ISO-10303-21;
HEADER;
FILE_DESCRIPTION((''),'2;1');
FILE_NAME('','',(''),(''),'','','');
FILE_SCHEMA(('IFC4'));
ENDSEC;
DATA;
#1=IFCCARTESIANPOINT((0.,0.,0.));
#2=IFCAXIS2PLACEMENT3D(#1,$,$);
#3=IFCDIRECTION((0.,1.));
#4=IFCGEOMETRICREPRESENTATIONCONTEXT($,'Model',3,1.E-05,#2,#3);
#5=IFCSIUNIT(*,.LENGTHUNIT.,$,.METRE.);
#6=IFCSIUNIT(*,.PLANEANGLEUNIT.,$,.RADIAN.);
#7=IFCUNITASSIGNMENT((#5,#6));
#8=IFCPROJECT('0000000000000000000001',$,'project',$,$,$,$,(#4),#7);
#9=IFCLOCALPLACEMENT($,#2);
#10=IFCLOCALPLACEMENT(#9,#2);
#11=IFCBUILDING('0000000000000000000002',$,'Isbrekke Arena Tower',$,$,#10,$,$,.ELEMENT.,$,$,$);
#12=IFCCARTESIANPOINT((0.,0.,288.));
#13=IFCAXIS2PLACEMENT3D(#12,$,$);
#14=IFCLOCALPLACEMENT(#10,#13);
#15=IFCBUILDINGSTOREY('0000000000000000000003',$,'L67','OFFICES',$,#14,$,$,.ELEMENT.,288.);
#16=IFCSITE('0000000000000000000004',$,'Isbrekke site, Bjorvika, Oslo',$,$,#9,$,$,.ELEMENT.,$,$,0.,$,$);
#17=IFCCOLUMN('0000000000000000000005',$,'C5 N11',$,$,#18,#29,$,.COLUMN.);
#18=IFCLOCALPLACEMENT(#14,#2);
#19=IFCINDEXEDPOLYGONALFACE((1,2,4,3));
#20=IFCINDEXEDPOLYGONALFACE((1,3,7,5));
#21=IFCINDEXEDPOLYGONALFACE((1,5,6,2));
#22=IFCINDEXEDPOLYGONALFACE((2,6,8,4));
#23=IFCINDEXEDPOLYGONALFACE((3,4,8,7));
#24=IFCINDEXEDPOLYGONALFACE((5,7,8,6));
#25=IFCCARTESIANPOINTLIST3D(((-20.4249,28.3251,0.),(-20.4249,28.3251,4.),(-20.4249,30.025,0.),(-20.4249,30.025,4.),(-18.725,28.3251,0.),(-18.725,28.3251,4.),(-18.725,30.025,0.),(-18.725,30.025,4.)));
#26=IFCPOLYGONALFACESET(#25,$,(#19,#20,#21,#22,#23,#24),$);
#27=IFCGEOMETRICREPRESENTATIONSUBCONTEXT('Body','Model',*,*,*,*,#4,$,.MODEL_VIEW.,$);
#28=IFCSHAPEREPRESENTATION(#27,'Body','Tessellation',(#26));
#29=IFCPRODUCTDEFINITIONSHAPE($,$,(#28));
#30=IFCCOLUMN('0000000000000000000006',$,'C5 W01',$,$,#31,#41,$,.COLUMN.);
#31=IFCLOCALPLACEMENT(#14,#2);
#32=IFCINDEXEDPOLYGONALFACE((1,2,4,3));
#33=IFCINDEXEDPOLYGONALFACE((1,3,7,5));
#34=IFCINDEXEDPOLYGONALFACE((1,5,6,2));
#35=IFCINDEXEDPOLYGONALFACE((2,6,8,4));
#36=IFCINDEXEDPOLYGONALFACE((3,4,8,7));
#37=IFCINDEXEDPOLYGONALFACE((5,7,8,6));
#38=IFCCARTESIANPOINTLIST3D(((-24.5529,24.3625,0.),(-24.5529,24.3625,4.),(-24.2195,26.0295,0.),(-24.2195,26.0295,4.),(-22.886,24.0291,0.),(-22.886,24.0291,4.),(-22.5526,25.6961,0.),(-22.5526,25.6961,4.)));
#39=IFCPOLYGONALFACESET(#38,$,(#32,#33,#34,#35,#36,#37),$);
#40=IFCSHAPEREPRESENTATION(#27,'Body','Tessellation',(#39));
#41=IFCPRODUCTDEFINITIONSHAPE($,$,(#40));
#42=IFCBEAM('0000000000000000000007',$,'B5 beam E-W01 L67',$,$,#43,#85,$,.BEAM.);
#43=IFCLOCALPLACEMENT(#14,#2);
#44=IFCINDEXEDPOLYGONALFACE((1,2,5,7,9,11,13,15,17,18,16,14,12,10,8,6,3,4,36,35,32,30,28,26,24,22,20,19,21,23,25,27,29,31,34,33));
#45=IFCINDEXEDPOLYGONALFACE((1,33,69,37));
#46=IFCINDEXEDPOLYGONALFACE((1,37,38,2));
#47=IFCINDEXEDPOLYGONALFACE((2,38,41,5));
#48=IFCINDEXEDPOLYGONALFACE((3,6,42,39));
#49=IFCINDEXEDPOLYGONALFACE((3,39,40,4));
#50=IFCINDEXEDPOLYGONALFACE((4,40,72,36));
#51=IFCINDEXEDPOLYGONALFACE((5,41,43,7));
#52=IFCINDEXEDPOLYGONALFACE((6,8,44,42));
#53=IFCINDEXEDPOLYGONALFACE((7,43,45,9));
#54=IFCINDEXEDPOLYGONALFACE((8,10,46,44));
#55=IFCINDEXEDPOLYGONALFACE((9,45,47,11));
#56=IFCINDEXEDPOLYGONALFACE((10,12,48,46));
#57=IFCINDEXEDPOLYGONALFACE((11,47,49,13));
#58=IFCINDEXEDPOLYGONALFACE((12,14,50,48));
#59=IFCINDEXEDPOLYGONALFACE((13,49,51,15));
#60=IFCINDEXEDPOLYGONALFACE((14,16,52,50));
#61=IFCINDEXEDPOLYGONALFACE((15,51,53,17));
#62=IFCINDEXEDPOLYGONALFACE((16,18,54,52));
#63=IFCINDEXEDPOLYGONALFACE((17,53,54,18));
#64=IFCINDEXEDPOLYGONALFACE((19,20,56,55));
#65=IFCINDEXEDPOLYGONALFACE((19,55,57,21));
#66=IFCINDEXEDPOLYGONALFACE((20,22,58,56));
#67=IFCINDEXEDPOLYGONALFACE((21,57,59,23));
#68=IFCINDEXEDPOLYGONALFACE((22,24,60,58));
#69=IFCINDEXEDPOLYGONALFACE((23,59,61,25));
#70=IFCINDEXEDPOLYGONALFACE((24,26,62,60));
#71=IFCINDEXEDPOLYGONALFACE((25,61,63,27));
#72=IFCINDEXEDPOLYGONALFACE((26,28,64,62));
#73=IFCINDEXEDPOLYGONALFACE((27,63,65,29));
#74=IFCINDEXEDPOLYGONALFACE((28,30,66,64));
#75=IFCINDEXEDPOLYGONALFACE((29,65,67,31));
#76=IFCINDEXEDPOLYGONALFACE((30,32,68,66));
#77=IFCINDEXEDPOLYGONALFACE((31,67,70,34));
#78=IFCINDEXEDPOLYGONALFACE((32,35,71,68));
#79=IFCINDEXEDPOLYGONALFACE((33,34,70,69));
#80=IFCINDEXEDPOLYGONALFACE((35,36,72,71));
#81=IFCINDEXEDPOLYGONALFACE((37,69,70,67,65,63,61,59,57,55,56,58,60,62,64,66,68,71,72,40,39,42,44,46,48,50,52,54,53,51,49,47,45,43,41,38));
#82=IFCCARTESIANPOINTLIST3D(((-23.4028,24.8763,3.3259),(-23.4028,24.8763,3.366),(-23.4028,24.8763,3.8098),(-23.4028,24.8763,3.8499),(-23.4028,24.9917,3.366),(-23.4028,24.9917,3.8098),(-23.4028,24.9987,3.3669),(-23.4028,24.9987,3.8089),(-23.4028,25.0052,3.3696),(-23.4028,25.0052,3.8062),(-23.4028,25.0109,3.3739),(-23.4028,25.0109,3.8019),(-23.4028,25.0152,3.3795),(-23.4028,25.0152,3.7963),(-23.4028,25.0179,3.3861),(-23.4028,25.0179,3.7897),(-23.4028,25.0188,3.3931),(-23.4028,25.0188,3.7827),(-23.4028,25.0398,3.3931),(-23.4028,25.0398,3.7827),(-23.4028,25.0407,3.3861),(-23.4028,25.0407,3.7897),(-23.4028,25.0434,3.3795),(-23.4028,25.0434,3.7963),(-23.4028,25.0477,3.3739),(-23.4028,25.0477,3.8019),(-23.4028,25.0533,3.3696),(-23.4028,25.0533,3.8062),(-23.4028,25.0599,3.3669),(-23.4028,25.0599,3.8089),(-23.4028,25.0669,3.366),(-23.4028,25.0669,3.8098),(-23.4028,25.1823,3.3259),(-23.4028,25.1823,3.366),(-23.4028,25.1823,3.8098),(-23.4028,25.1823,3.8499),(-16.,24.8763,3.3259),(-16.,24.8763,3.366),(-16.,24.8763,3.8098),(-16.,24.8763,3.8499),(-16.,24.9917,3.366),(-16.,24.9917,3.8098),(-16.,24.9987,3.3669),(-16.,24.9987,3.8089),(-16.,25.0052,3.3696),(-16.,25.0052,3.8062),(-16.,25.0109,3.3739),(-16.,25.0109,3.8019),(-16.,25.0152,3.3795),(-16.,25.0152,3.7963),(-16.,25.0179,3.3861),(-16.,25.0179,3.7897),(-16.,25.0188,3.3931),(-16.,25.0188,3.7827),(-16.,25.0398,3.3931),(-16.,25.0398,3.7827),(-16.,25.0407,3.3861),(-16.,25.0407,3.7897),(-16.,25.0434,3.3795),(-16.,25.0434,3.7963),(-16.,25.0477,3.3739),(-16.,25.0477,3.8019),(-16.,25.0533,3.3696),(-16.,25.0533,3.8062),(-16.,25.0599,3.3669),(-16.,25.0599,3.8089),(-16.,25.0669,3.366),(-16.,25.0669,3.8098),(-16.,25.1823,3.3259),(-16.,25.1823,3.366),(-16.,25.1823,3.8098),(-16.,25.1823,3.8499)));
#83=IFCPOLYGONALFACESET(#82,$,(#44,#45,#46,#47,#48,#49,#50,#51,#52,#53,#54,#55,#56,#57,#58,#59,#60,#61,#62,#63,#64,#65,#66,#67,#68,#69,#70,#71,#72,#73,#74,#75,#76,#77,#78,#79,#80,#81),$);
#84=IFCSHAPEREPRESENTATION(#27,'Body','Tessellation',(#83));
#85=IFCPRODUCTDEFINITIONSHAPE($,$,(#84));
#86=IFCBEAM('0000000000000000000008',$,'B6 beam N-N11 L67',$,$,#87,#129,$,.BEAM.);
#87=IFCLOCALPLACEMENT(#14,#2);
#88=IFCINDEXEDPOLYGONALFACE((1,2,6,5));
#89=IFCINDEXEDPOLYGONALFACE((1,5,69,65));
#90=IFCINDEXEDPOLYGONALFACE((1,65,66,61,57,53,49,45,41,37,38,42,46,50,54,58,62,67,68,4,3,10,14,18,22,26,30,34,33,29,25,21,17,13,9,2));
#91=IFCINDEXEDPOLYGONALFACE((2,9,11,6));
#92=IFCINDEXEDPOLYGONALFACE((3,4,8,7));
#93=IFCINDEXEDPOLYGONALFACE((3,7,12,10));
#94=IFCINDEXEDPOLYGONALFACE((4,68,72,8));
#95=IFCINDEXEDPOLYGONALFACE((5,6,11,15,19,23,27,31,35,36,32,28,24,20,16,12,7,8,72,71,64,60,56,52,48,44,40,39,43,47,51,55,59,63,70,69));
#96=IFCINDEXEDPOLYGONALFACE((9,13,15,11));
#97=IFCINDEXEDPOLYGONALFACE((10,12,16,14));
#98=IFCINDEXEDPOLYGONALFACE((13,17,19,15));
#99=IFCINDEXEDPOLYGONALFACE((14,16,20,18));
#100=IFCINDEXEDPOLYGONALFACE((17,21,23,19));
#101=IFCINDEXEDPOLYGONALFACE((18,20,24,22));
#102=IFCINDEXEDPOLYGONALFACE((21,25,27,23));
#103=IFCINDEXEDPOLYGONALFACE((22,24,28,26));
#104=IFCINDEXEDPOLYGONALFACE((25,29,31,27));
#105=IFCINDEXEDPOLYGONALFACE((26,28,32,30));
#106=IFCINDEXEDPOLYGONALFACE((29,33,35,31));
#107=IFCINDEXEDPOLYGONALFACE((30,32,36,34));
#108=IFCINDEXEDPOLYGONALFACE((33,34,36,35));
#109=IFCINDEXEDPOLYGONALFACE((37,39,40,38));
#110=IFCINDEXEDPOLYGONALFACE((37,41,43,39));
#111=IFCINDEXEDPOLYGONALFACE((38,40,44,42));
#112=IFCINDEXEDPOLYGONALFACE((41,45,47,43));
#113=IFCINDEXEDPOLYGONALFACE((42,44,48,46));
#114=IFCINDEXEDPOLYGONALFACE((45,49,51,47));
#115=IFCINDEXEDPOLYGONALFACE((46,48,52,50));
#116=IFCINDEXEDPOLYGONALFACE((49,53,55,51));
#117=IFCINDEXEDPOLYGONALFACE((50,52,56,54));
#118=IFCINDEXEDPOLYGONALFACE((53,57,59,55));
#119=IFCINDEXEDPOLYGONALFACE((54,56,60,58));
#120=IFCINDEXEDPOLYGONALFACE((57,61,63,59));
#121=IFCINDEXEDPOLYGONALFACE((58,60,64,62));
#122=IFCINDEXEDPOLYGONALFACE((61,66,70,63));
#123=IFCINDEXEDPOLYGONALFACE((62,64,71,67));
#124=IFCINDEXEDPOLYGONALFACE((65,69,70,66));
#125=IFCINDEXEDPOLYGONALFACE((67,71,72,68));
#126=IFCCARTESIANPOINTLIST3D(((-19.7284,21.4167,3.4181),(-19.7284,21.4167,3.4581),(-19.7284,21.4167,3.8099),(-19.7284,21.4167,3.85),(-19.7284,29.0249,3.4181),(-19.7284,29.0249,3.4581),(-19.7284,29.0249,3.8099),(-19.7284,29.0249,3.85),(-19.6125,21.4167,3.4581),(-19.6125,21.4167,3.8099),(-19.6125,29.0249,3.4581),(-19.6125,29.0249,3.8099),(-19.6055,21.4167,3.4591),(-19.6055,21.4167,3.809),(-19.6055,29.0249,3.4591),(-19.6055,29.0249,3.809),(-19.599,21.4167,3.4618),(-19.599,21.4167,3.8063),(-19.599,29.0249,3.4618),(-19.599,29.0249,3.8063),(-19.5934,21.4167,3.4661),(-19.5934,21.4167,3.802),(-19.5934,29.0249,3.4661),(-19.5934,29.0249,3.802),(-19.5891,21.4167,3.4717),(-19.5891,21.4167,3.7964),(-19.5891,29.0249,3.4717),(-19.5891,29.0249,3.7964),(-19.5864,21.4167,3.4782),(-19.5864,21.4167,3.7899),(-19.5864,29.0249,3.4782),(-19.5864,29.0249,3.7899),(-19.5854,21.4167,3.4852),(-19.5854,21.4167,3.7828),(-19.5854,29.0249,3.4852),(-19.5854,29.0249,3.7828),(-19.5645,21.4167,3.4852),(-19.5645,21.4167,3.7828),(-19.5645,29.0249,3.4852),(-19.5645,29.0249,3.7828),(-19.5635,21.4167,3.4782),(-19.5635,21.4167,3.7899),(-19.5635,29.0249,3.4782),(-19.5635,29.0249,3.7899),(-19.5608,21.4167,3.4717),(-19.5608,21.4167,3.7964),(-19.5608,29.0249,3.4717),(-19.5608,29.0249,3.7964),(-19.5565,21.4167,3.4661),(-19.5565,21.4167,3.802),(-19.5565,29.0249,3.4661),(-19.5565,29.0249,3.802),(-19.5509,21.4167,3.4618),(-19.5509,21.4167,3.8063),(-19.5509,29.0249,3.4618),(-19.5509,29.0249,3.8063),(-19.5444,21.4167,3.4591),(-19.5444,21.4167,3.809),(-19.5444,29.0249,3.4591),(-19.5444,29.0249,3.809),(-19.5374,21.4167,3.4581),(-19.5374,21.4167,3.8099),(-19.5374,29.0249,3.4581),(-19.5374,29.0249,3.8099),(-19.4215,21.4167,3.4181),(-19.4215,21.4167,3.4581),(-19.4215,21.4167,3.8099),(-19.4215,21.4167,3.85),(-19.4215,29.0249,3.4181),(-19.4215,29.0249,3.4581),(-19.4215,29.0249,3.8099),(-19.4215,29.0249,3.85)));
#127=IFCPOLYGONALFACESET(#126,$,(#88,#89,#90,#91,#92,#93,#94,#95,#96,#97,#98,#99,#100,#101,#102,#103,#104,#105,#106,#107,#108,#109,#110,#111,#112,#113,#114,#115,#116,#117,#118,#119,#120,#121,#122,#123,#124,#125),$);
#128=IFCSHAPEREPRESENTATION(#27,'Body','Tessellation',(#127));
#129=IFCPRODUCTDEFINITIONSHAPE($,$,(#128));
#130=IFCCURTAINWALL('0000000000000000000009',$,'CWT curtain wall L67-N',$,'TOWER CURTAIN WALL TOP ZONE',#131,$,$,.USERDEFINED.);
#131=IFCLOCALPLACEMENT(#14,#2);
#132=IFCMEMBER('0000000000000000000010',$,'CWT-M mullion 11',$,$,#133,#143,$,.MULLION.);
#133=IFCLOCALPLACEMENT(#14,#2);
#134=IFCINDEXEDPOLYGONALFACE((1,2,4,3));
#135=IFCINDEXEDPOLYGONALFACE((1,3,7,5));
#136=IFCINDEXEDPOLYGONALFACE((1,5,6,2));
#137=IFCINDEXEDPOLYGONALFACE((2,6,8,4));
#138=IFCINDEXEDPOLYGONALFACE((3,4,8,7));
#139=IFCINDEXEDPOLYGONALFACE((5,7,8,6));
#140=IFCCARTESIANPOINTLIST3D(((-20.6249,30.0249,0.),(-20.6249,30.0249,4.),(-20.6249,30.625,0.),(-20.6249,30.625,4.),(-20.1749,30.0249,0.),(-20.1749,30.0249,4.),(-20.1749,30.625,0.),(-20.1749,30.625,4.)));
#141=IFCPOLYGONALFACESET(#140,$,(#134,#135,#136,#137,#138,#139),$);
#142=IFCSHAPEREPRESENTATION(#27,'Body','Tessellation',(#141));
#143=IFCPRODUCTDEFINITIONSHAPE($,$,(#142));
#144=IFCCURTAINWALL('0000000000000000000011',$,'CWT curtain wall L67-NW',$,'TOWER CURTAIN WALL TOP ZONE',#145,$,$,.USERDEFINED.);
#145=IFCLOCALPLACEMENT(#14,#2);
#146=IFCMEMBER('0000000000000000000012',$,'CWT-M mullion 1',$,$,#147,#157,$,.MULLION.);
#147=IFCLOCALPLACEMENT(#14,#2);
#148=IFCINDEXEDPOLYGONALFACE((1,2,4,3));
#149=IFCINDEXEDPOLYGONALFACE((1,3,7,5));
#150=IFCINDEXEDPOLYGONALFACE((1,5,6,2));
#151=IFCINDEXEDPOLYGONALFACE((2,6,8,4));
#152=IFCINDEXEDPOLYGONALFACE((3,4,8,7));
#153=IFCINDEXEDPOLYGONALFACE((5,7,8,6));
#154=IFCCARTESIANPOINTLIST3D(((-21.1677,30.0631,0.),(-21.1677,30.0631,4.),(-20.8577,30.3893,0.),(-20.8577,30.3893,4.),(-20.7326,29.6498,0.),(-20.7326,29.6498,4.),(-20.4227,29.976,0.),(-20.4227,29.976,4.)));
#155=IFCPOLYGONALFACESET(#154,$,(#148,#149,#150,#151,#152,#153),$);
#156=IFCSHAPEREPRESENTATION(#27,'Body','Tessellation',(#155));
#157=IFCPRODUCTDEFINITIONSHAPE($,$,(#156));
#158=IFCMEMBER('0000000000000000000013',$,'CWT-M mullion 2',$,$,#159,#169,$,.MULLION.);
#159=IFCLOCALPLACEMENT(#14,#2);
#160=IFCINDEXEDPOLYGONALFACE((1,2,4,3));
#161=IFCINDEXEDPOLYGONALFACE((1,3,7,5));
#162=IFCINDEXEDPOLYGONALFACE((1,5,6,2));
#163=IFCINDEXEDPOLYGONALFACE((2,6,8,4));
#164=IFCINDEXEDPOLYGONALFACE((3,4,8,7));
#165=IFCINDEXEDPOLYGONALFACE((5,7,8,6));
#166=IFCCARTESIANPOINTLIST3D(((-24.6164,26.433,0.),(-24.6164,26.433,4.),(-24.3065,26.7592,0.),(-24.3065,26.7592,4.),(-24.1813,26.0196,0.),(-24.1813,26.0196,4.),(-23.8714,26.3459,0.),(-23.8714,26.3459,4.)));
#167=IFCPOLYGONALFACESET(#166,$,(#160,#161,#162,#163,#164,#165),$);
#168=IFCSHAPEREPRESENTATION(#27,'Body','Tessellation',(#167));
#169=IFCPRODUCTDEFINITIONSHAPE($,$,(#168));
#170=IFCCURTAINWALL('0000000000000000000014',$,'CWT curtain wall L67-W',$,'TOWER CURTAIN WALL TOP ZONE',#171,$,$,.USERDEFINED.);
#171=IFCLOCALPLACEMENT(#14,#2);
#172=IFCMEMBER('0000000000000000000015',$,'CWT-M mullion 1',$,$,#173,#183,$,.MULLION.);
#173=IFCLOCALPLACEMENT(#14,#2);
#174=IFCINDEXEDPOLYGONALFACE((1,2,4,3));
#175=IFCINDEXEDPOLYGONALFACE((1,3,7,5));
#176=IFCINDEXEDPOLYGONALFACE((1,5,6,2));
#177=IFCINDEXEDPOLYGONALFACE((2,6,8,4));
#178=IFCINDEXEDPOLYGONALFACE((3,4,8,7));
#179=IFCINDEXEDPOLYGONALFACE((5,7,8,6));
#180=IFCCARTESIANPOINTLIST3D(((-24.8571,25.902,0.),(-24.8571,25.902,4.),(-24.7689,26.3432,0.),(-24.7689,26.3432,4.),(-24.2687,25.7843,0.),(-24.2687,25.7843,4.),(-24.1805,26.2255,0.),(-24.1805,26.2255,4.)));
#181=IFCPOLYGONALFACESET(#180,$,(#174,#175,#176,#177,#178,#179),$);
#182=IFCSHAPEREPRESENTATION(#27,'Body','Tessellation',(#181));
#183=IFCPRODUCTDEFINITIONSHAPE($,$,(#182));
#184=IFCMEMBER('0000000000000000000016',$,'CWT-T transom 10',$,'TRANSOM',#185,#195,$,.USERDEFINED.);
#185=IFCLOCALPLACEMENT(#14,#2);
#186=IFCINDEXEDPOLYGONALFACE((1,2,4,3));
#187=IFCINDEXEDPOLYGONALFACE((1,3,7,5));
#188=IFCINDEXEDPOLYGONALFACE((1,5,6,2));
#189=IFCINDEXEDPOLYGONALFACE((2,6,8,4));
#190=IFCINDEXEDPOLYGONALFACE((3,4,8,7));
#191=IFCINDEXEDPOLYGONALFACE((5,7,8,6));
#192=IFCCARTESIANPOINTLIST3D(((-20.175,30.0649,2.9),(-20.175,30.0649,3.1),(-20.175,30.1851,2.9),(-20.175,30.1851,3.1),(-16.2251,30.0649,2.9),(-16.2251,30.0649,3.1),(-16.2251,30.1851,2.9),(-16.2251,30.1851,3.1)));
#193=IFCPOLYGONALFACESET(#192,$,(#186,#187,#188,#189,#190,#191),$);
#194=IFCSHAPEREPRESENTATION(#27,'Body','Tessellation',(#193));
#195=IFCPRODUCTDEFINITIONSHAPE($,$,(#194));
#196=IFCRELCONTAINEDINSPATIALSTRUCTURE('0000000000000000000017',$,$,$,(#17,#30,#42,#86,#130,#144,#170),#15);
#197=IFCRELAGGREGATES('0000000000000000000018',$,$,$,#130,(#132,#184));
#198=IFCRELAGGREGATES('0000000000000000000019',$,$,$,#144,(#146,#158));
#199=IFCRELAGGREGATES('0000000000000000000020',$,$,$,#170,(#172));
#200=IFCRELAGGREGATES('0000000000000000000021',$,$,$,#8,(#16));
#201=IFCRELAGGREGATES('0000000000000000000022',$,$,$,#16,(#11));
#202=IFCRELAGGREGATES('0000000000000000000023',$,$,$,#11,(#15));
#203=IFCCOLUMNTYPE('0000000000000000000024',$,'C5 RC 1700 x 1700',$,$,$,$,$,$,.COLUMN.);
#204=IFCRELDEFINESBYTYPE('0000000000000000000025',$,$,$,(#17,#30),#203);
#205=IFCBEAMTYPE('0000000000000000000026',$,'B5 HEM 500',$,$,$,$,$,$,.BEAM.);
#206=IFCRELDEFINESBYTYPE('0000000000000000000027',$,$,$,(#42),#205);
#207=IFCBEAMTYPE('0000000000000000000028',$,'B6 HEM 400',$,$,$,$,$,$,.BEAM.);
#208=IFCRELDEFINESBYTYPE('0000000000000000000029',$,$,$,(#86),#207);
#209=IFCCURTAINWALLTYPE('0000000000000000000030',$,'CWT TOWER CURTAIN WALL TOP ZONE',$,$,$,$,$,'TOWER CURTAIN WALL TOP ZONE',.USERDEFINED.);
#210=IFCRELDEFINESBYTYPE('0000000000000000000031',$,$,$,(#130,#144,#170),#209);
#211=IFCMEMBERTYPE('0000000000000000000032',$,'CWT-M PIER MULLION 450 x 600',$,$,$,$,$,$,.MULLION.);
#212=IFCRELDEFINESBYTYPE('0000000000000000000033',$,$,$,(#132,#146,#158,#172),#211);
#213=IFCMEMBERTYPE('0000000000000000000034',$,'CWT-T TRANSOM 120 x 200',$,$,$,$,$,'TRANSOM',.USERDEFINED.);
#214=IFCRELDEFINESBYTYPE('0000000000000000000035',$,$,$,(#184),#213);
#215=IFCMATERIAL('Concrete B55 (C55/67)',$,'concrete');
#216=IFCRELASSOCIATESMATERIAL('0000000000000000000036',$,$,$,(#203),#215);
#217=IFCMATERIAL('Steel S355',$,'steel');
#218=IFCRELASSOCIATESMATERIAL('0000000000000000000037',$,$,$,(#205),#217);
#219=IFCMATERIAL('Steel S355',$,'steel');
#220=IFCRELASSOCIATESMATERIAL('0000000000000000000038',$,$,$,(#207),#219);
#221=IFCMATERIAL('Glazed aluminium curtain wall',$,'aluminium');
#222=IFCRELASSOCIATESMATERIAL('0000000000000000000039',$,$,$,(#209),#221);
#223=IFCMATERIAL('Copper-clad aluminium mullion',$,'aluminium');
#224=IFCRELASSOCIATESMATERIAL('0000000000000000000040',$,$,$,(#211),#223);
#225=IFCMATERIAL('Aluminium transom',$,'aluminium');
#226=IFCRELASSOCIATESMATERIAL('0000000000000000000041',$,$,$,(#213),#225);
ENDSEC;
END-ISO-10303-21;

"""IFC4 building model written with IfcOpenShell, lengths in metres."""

from ifc_helpers import new_model, si_unit, direction, frame, origin, origin_2d, place, context, subcontext, project, spatial, rectangle, i_section, extrude, material, material_profile, profile_set, type_object, element, aggregate, save


model = new_model("IFC4")

# Units and contexts
model_context = context("Model", 3, precision=1e-05, world=origin(), true_north=direction((0.0, 1.0)))
body_context = subcontext(model_context, "Body", "Model", "MODEL_VIEW")
ifc_project = project(units=[si_unit("LENGTHUNIT", "METRE"), si_unit("PLANEANGLEUNIT", "RADIAN")], contexts=[model_context])

# Site, building, storey
site_placement = place(None, origin())
site = spatial("IfcSite", under=ifc_project, at=site_placement, Name="Isbrekke site, Bjorvika, Oslo", CompositionType="ELEMENT", RefElevation=0.0)
building_placement = place(site_placement, origin())
building = spatial("IfcBuilding", under=site, at=building_placement, Name="Isbrekke Arena Tower", CompositionType="ELEMENT")
storey_placement = place(building_placement, frame((0.0, 0.0, 288.0)))
storey = spatial("IfcBuildingStorey", under=building, at=storey_placement, Name="L67", Description="OFFICES", CompositionType="ELEMENT", Elevation=288.0)

# Columns
ifc_material_1 = material(Name="Concrete B55 (C55/67)", Category="concrete")
ifc_material_profile_1 = material_profile(ifc_material_1, rectangle(XDim=1.7, YDim=1.7, at=origin_2d()), Name="RC 1700x1700")
ifc_profile_set_1 = profile_set([ifc_material_profile_1], Name="Concrete B55 (C55/67)")
column_type = type_object("IfcColumnType", Name="C5 RC 1700 x 1700", PredefinedType="COLUMN", material=ifc_profile_set_1)
for number, where, z_axis, x_axis, name in (
    (1, (-19.575, 29.175, 0.0), (0.0, 0.0, 1.0), (-1.0, 0.0, 0.0), "C5 N11"),
    (2, (-23.5527, 25.0293, 0.0), (0.0, 0.0, 1.0), (-0.196116, -0.980581, 0.0), "C5 W01"),
):
    element("IfcColumn", number, at=place(storey_placement, frame(where, z_axis=z_axis, x_axis=x_axis)), inside=storey, type_object=column_type, Name=name, PredefinedType="COLUMN", context=body_context, shape_type="SweptSolid", body=[
        extrude(rectangle(XDim=1.7, YDim=1.7, at=origin_2d()), origin(), (0.0, 0.0, 1.0), 4.0),
    ])

# Beams
ifc_material_2 = material(Name="Steel S355", Category="steel")
ifc_material_profile_2 = material_profile(ifc_material_2, i_section(OverallWidth=0.3059, OverallDepth=0.5239, WebThickness=0.021, FlangeThickness=0.04, FilletRadius=0.0271, at=origin_2d()), Name="HEM 500")
ifc_profile_set_2 = profile_set([ifc_material_profile_2], Name="Steel S355")
beam_type_1 = type_object("IfcBeamType", Name="B5 HEM 500", PredefinedType="BEAM", material=ifc_profile_set_2)
beam_1_placement = place(storey_placement, frame((-23.4028, 25.0293, 3.5879), z_axis=(1.0, 0.0, 0.0), x_axis=(0.0, 1.0, 0.0)))
element("IfcBeam", 3, at=beam_1_placement, inside=storey, type_object=beam_type_1, Name="B5 beam E-W01 L67", PredefinedType="BEAM", context=body_context, shape_type="SweptSolid", body=[
    extrude(i_section(OverallWidth=0.3059, OverallDepth=0.5239, WebThickness=0.021, FlangeThickness=0.04, FilletRadius=0.0271, at=origin_2d()), origin(), (0.0, 0.0, 1.0), 7.4028),
])
ifc_material_3 = material(Name="Steel S355", Category="steel")
ifc_material_profile_3 = material_profile(ifc_material_3, i_section(OverallWidth=0.3069, OverallDepth=0.4319, WebThickness=0.021, FlangeThickness=0.04, FilletRadius=0.0271, at=origin_2d()), Name="HEM 400")
ifc_profile_set_3 = profile_set([ifc_material_profile_3], Name="Steel S355")
beam_type_2 = type_object("IfcBeamType", Name="B6 HEM 400", PredefinedType="BEAM", material=ifc_profile_set_3)
beam_2_placement = place(storey_placement, frame((-19.575, 29.0249, 3.634), z_axis=(0.0, -1.0, 0.0), x_axis=(1.0, 0.0, 0.0)))
element("IfcBeam", 4, at=beam_2_placement, inside=storey, type_object=beam_type_2, Name="B6 beam N-N11 L67", PredefinedType="BEAM", context=body_context, shape_type="SweptSolid", body=[
    extrude(i_section(OverallWidth=0.3069, OverallDepth=0.4319, WebThickness=0.021, FlangeThickness=0.04, FilletRadius=0.0271, at=origin_2d()), origin(), (0.0, 0.0, 1.0), 7.6082),
])

# Curtain wall, member
ifc_material_4 = material(Name="Glazed aluminium curtain wall", Category="aluminium")
curtain_wall_type = type_object("IfcCurtainWallType", Name="CWT TOWER CURTAIN WALL TOP ZONE", ElementType="TOWER CURTAIN WALL TOP ZONE", PredefinedType="USERDEFINED", material=ifc_material_4)
curtain_wall_1_placement = place(storey_placement, origin())
curtain_wall_1 = element("IfcCurtainWall", 5, at=curtain_wall_1_placement, inside=storey, type_object=curtain_wall_type, Name="CWT curtain wall L67-N", ObjectType="TOWER CURTAIN WALL TOP ZONE", PredefinedType="USERDEFINED")
ifc_material_5 = material(Name="Copper-clad aluminium mullion", Category="aluminium")
ifc_material_profile_4 = material_profile(ifc_material_5, rectangle(XDim=0.45, YDim=0.6001, at=origin_2d()), Name="PIER 450X600")
ifc_profile_set_4 = profile_set([ifc_material_profile_4], Name="Copper-clad aluminium mullion")
member_type_1 = type_object("IfcMemberType", Name="CWT-M PIER MULLION 450 x 600", PredefinedType="MULLION", material=ifc_profile_set_4)
member_1_placement = place(storey_placement, frame((-20.3999, 30.325, 0.0), z_axis=(0.0, 0.0, 1.0), x_axis=(-1.0, 0.0, 0.0)))
member_1 = element("IfcMember", 6, at=member_1_placement, type_object=member_type_1, Name="CWT-M mullion 11", PredefinedType="MULLION", context=body_context, shape_type="SweptSolid", body=[
    extrude(rectangle(XDim=0.45, YDim=0.6001, at=origin_2d()), origin(), (0.0, 0.0, 1.0), 4.0),
])

# Curtain wall, members
curtain_wall_2_placement = place(storey_placement, origin())
curtain_wall_2 = element("IfcCurtainWall", 7, at=curtain_wall_2_placement, inside=storey, type_object=curtain_wall_type, Name="CWT curtain wall L67-NW", ObjectType="TOWER CURTAIN WALL TOP ZONE", PredefinedType="USERDEFINED")
member_2_placement = place(storey_placement, frame((-20.7952, 30.0195, 0.0), z_axis=(0.0, 0.0, 1.0), x_axis=(-0.688749, -0.724999, 0.0)))
member_2 = element("IfcMember", 8, at=member_2_placement, type_object=member_type_1, Name="CWT-M mullion 1", PredefinedType="MULLION", context=body_context, shape_type="SweptSolid", body=[
    extrude(rectangle(XDim=0.45, YDim=0.6001, at=origin_2d()), origin(), (0.0, 0.0, 1.0), 4.0),
])
member_3_placement = place(storey_placement, frame((-24.2439, 26.3894, 0.0), z_axis=(0.0, 0.0, 1.0), x_axis=(-0.688749, -0.724999, 0.0)))
member_3 = element("IfcMember", 9, at=member_3_placement, type_object=member_type_1, Name="CWT-M mullion 2", PredefinedType="MULLION", context=body_context, shape_type="SweptSolid", body=[
    extrude(rectangle(XDim=0.45, YDim=0.6001, at=origin_2d()), origin(), (0.0, 0.0, 1.0), 4.0),
])

# Curtain wall, member
curtain_wall_3_placement = place(storey_placement, origin())
curtain_wall_3 = element("IfcCurtainWall", 10, at=curtain_wall_3_placement, inside=storey, type_object=curtain_wall_type, Name="CWT curtain wall L67-W", ObjectType="TOWER CURTAIN WALL TOP ZONE", PredefinedType="USERDEFINED")
member_4_placement = place(storey_placement, frame((-24.5188, 26.0637, 0.0), z_axis=(0.0, 0.0, 1.0), x_axis=(-0.196116, -0.980581, 0.0)))
member_4 = element("IfcMember", 11, at=member_4_placement, type_object=member_type_1, Name="CWT-M mullion 1", PredefinedType="MULLION", context=body_context, shape_type="SweptSolid", body=[
    extrude(rectangle(XDim=0.45, YDim=0.6001, at=origin_2d()), origin(), (0.0, 0.0, 1.0), 4.0),
])

# Member
ifc_material_6 = material(Name="Aluminium transom", Category="aluminium")
ifc_material_profile_5 = material_profile(ifc_material_6, rectangle(XDim=0.1201, YDim=0.2, at=origin_2d()), Name="TRANSOM 120X200")
ifc_profile_set_5 = profile_set([ifc_material_profile_5], Name="Aluminium transom")
member_type_2 = type_object("IfcMemberType", Name="CWT-T TRANSOM 120 x 200", ElementType="TRANSOM", PredefinedType="USERDEFINED", material=ifc_profile_set_5)
member_5_placement = place(storey_placement, frame((-16.2251, 30.125, 3.0), z_axis=(-1.0, 0.0, 0.0), x_axis=(0.0, -1.0, 0.0)))
member_5 = element("IfcMember", 12, at=member_5_placement, type_object=member_type_2, Name="CWT-T transom 10", ObjectType="TRANSOM", PredefinedType="USERDEFINED", context=body_context, shape_type="SweptSolid", body=[
    extrude(rectangle(XDim=0.1201, YDim=0.2, at=origin_2d()), origin(), (0.0, 0.0, 1.0), 3.95),
])

aggregate(curtain_wall_1, [member_1, member_5])
aggregate(curtain_wall_2, [member_2, member_3])
aggregate(curtain_wall_3, [member_4])

save(model, "model.ifc")
